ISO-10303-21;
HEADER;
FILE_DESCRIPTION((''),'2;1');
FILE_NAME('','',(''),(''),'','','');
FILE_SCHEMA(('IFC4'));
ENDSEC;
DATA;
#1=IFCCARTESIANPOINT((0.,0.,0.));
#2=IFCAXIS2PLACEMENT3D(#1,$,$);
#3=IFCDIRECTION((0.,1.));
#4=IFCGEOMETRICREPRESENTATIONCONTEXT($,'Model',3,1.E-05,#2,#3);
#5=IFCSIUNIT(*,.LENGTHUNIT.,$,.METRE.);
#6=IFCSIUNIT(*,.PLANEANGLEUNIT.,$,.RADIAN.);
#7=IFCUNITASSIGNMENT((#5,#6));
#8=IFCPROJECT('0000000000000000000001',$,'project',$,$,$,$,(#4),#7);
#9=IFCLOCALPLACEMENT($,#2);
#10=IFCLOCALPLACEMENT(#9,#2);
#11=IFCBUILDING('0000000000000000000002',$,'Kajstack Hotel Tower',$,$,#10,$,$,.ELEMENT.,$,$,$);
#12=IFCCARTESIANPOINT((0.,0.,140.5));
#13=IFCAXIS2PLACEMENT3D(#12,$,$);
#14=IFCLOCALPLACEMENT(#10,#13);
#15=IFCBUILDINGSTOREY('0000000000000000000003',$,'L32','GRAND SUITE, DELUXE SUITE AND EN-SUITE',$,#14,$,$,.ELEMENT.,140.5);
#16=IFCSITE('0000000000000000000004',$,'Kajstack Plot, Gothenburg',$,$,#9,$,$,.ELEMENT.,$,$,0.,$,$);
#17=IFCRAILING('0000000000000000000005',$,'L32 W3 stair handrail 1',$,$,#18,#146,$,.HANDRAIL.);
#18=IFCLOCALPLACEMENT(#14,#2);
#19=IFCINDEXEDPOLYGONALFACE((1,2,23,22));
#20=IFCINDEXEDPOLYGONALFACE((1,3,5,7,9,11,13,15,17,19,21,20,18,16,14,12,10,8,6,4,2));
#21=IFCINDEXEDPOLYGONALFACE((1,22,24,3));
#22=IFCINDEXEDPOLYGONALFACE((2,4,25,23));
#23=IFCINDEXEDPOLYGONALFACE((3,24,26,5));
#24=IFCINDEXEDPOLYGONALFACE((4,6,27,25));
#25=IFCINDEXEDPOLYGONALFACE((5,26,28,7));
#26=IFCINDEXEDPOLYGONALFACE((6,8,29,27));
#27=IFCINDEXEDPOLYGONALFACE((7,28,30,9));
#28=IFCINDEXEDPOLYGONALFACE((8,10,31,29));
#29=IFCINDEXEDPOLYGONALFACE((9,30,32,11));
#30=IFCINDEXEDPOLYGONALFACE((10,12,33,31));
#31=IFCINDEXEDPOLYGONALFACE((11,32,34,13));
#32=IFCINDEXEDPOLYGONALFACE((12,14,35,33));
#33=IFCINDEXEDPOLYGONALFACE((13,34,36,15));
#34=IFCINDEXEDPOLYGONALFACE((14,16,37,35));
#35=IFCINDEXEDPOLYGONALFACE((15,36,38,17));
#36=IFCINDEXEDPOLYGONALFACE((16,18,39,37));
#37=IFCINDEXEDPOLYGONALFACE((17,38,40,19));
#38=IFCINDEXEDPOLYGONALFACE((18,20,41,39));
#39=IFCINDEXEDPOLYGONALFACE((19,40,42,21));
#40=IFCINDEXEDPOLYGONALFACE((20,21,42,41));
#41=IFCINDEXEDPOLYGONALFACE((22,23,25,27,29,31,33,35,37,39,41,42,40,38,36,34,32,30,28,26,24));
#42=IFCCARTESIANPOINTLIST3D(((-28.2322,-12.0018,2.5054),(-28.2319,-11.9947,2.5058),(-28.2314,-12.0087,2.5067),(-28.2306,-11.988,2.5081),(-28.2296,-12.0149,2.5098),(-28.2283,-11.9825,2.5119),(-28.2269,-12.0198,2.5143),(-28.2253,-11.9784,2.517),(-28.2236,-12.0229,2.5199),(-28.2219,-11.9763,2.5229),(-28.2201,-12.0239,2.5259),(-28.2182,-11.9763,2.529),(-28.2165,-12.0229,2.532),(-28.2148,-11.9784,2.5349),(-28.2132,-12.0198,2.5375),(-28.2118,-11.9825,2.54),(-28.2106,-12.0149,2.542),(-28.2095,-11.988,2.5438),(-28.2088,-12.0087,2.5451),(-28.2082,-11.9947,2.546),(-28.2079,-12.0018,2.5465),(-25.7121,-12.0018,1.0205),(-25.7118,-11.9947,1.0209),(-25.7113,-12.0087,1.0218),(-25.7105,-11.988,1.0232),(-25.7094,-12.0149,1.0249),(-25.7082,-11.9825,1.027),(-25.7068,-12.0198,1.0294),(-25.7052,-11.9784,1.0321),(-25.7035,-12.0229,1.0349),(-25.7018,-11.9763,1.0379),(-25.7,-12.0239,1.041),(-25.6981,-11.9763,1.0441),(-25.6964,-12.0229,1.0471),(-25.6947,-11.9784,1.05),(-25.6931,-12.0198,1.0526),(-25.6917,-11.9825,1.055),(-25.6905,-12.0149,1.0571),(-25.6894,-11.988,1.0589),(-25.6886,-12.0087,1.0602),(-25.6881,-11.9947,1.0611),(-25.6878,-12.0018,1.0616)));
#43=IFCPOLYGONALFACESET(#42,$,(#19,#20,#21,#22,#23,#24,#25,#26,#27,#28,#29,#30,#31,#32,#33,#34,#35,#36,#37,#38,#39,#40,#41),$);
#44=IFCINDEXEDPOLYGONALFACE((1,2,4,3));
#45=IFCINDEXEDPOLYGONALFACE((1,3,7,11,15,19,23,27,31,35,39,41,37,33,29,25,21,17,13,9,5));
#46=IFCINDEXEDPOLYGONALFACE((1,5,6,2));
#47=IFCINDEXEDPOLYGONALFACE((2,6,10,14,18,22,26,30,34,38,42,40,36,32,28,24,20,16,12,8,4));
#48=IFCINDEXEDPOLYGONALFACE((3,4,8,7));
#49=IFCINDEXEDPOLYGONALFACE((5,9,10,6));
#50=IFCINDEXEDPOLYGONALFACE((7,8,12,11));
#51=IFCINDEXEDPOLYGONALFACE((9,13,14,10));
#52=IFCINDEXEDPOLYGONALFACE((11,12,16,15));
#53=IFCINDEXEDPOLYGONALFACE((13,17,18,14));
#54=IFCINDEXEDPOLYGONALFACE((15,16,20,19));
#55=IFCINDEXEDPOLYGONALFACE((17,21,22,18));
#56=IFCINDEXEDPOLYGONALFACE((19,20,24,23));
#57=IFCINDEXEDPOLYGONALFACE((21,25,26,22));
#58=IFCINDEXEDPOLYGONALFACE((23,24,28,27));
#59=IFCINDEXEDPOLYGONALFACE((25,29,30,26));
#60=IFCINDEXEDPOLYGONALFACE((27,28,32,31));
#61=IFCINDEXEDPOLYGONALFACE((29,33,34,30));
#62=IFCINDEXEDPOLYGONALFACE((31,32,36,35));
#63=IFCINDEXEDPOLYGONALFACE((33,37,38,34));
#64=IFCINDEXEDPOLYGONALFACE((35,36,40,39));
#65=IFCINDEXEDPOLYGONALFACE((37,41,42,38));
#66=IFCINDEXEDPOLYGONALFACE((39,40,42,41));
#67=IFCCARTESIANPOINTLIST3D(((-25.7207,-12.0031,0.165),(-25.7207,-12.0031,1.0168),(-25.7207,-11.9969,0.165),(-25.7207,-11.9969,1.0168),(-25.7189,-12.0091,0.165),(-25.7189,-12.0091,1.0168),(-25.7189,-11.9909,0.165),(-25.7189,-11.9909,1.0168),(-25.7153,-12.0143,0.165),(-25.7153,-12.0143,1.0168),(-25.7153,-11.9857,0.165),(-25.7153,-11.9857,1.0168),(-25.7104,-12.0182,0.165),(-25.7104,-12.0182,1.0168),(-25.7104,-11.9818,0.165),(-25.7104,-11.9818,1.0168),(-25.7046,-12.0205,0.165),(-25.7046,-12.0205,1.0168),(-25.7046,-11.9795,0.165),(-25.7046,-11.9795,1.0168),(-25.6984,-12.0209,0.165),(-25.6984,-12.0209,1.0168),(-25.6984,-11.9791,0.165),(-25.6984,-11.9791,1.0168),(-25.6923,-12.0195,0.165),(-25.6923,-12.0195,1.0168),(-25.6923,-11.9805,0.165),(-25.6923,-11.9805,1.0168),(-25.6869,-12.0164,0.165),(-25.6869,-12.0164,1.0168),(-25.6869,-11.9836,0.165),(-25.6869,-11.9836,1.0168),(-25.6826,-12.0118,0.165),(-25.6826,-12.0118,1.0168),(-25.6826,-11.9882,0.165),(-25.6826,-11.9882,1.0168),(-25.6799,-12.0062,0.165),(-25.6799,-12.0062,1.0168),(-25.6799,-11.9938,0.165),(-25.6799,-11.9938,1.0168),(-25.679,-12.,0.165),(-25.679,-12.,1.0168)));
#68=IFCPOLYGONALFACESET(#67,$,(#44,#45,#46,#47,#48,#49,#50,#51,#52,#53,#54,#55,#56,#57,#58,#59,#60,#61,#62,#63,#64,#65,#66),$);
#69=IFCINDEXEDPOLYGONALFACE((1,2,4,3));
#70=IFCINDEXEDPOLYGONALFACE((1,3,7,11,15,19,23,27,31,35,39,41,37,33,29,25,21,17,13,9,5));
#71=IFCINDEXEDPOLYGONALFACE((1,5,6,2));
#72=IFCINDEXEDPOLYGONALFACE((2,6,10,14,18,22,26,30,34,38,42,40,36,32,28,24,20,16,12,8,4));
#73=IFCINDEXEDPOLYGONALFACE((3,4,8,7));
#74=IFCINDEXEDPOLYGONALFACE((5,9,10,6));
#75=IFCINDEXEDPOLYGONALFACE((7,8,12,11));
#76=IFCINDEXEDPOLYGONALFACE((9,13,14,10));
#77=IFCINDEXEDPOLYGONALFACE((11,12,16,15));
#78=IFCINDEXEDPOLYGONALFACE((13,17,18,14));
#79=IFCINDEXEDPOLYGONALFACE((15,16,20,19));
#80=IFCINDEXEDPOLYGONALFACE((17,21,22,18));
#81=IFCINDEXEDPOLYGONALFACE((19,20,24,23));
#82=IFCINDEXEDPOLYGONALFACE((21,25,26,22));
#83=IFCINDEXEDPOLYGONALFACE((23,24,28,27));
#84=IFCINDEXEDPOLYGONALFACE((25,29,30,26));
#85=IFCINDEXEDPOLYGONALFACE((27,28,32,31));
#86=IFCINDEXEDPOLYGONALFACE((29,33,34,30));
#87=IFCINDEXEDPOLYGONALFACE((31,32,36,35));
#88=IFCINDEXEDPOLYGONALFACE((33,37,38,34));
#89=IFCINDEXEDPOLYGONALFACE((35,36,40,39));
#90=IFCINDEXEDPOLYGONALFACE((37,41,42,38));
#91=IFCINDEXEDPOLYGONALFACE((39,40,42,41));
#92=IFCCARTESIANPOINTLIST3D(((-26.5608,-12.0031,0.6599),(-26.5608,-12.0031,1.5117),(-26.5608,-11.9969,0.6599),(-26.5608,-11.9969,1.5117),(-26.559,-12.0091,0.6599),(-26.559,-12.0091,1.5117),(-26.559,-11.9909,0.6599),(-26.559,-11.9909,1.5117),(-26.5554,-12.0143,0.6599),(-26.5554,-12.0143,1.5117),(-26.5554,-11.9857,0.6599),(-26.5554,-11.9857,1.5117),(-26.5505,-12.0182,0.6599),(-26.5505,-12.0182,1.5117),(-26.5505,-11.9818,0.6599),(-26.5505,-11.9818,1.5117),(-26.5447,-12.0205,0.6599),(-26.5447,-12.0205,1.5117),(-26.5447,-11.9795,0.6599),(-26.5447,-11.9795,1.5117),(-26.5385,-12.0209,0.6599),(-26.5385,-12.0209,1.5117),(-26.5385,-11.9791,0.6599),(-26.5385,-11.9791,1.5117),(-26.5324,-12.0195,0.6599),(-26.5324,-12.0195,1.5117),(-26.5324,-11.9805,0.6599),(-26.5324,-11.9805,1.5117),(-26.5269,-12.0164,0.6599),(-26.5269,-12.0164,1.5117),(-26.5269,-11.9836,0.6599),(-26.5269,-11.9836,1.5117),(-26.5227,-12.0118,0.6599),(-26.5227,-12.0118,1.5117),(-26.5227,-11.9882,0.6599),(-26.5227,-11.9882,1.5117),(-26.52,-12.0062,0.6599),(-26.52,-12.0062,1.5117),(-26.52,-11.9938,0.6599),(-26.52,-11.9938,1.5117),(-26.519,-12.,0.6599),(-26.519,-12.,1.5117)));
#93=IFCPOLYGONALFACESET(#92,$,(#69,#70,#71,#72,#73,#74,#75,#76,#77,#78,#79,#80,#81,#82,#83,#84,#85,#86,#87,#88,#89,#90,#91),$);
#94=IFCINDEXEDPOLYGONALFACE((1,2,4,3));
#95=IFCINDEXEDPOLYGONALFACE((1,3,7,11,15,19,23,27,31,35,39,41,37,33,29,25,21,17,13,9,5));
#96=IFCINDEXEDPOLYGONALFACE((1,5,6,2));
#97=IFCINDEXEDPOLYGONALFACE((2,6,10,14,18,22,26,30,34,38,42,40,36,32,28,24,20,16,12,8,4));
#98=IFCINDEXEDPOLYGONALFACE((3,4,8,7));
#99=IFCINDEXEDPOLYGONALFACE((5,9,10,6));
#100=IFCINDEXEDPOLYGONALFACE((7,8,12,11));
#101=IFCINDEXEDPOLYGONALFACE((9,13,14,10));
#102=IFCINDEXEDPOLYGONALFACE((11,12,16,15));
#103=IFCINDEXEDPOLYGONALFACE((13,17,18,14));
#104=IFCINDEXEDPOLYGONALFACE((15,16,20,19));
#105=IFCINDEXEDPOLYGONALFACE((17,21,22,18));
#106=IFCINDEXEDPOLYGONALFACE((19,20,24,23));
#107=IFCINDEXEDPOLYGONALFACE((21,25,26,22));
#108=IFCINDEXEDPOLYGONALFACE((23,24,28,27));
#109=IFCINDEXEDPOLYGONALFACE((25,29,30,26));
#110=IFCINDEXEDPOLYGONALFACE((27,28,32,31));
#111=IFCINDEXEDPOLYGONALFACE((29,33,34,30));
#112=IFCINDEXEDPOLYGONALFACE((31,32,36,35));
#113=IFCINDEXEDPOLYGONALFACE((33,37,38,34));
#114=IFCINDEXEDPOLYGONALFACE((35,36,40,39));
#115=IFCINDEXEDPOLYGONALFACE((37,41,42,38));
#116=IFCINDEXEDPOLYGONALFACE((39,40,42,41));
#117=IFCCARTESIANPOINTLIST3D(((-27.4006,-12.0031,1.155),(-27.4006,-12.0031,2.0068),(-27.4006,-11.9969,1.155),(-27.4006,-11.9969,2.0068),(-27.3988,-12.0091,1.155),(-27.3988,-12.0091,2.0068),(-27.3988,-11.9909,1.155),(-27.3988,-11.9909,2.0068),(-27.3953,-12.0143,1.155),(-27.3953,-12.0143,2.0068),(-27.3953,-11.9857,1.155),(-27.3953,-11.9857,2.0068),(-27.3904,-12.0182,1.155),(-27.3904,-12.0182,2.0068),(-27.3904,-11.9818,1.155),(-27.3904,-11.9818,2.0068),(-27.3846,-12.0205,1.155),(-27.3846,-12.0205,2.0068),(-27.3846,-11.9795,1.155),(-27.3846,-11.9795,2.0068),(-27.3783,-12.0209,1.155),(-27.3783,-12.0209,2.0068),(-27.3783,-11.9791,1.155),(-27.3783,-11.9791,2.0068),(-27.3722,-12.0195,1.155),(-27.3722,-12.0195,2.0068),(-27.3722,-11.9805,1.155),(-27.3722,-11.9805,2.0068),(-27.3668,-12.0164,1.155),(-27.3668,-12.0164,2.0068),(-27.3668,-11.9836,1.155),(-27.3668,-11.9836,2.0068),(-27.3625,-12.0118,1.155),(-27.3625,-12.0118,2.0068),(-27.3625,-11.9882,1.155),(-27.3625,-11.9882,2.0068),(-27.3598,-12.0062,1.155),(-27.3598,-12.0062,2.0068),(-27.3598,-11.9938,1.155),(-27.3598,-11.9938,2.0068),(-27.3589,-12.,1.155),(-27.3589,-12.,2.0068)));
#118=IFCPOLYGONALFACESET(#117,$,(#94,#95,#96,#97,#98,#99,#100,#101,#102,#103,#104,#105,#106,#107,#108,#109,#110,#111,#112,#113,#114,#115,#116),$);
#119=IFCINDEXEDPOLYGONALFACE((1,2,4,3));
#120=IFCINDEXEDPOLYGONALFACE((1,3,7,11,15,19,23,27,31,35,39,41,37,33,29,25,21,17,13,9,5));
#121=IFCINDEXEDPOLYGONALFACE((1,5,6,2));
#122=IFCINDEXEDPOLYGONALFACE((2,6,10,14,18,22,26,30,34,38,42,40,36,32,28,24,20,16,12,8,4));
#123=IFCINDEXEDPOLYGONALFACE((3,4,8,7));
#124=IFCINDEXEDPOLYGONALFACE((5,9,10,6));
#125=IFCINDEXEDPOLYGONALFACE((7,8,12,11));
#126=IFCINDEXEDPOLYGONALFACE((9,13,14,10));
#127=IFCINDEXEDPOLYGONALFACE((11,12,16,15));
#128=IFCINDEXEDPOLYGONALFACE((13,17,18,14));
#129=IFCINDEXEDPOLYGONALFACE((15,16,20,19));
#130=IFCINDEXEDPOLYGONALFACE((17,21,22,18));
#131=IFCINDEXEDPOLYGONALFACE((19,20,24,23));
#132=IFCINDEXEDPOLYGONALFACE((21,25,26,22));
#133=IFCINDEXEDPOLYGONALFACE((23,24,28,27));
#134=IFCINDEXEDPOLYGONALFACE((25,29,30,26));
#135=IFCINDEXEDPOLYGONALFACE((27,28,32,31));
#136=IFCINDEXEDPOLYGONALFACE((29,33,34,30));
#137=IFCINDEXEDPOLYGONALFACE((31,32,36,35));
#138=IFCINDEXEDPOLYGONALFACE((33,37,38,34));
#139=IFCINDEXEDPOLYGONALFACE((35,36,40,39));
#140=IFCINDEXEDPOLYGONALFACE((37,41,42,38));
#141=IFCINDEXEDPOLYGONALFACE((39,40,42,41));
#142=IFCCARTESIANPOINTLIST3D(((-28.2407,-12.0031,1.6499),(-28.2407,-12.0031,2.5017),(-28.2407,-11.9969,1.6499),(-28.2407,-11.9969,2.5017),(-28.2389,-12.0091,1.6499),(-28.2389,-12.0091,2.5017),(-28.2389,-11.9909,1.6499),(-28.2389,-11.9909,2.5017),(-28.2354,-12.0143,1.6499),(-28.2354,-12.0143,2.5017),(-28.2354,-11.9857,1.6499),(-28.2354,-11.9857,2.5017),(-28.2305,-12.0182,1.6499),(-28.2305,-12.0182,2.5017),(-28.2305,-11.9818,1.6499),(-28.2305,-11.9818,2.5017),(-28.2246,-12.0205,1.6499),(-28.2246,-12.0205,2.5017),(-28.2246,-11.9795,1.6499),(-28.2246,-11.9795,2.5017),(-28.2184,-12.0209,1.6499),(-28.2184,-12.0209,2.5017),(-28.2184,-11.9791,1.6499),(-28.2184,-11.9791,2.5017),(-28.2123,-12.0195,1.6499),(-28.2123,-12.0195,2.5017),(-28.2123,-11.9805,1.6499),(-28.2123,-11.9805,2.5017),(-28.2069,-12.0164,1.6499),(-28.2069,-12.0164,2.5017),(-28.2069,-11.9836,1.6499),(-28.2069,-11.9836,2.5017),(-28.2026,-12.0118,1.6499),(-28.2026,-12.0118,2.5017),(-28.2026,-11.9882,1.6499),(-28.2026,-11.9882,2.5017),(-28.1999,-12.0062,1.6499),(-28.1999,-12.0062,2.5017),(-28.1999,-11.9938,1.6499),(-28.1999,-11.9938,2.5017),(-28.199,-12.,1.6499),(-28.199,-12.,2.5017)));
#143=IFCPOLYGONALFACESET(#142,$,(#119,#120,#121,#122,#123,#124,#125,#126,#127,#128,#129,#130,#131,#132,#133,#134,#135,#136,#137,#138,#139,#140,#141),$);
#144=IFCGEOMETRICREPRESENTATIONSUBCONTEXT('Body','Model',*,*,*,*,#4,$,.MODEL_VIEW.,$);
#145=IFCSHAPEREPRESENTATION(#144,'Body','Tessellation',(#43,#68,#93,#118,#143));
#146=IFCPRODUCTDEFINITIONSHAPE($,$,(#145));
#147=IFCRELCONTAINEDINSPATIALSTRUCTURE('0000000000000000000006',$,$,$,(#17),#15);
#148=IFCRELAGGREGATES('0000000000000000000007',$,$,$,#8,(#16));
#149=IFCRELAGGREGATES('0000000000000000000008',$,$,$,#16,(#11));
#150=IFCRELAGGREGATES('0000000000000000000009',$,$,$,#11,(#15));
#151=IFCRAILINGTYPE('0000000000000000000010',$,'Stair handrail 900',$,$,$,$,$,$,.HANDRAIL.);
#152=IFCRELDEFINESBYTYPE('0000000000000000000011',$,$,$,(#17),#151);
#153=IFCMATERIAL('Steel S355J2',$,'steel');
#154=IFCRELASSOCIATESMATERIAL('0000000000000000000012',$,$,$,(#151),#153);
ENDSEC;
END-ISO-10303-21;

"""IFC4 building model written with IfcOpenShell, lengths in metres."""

from ifc_helpers import new_model, si_unit, direction, frame, origin, origin_2d, place, context, subcontext, project, spatial, circle, extrude, material, type_object, element, save


model = new_model("IFC4")

# Units and contexts
model_context = context("Model", 3, precision=1e-05, world=origin(), true_north=direction((0.0, 1.0)))
body_context = subcontext(model_context, "Body", "Model", "MODEL_VIEW")
ifc_project = project(units=[si_unit("LENGTHUNIT", "METRE"), si_unit("PLANEANGLEUNIT", "RADIAN")], contexts=[model_context])

# Site, building, storey
site_placement = place(None, origin())
site = spatial("IfcSite", under=ifc_project, at=site_placement, Name="Kajstack Plot, Gothenburg", CompositionType="ELEMENT", RefElevation=0.0)
building_placement = place(site_placement, origin())
building = spatial("IfcBuilding", under=site, at=building_placement, Name="Kajstack Hotel Tower", CompositionType="ELEMENT")
storey_placement = place(building_placement, frame((0.0, 0.0, 140.5)))
storey = spatial("IfcBuildingStorey", under=building, at=storey_placement, Name="L32", Description="GRAND SUITE, DELUXE SUITE AND EN-SUITE", CompositionType="ELEMENT", Elevation=140.5)

# Railing
ifc_material_1 = material(Name="Steel S355J2", Category="steel")
railing_type_1 = type_object("IfcRailingType", Name="Stair handrail 900", PredefinedType="HANDRAIL", material=ifc_material_1)
railing_1_placement = place(storey_placement, frame((-25.7, -12.0, 0.165)))
element("IfcRailing", 1, at=railing_1_placement, inside=storey, type_object=railing_type_1, Name="L32 W3 stair handrail 1", PredefinedType="HANDRAIL", context=body_context, shape_type="SweptSolid", body=[
    extrude(circle(Radius=0.0239, at=origin_2d()), frame((0.0, 0.0, 0.876), z_axis=(-0.861561, 0.0, 0.507655), x_axis=(0.0, -1.0, 0.0)), (0.0, 0.0, 1.0), 2.925),
    extrude(circle(Radius=0.021, at=origin_2d()), origin(), (0.0, 0.0, 1.0), 0.8518),
    extrude(circle(Radius=0.021, at=origin_2d()), frame((-0.8401, 0.0, 0.4949)), (0.0, 0.0, 1.0), 0.8518),
    extrude(circle(Radius=0.021, at=origin_2d()), frame((-1.6799, 0.0, 0.99)), (0.0, 0.0, 1.0), 0.8518),
    extrude(circle(Radius=0.021, at=origin_2d()), frame((-2.52, 0.0, 1.4849)), (0.0, 0.0, 1.0), 0.8518),
])

save(model, "model.ifc")
